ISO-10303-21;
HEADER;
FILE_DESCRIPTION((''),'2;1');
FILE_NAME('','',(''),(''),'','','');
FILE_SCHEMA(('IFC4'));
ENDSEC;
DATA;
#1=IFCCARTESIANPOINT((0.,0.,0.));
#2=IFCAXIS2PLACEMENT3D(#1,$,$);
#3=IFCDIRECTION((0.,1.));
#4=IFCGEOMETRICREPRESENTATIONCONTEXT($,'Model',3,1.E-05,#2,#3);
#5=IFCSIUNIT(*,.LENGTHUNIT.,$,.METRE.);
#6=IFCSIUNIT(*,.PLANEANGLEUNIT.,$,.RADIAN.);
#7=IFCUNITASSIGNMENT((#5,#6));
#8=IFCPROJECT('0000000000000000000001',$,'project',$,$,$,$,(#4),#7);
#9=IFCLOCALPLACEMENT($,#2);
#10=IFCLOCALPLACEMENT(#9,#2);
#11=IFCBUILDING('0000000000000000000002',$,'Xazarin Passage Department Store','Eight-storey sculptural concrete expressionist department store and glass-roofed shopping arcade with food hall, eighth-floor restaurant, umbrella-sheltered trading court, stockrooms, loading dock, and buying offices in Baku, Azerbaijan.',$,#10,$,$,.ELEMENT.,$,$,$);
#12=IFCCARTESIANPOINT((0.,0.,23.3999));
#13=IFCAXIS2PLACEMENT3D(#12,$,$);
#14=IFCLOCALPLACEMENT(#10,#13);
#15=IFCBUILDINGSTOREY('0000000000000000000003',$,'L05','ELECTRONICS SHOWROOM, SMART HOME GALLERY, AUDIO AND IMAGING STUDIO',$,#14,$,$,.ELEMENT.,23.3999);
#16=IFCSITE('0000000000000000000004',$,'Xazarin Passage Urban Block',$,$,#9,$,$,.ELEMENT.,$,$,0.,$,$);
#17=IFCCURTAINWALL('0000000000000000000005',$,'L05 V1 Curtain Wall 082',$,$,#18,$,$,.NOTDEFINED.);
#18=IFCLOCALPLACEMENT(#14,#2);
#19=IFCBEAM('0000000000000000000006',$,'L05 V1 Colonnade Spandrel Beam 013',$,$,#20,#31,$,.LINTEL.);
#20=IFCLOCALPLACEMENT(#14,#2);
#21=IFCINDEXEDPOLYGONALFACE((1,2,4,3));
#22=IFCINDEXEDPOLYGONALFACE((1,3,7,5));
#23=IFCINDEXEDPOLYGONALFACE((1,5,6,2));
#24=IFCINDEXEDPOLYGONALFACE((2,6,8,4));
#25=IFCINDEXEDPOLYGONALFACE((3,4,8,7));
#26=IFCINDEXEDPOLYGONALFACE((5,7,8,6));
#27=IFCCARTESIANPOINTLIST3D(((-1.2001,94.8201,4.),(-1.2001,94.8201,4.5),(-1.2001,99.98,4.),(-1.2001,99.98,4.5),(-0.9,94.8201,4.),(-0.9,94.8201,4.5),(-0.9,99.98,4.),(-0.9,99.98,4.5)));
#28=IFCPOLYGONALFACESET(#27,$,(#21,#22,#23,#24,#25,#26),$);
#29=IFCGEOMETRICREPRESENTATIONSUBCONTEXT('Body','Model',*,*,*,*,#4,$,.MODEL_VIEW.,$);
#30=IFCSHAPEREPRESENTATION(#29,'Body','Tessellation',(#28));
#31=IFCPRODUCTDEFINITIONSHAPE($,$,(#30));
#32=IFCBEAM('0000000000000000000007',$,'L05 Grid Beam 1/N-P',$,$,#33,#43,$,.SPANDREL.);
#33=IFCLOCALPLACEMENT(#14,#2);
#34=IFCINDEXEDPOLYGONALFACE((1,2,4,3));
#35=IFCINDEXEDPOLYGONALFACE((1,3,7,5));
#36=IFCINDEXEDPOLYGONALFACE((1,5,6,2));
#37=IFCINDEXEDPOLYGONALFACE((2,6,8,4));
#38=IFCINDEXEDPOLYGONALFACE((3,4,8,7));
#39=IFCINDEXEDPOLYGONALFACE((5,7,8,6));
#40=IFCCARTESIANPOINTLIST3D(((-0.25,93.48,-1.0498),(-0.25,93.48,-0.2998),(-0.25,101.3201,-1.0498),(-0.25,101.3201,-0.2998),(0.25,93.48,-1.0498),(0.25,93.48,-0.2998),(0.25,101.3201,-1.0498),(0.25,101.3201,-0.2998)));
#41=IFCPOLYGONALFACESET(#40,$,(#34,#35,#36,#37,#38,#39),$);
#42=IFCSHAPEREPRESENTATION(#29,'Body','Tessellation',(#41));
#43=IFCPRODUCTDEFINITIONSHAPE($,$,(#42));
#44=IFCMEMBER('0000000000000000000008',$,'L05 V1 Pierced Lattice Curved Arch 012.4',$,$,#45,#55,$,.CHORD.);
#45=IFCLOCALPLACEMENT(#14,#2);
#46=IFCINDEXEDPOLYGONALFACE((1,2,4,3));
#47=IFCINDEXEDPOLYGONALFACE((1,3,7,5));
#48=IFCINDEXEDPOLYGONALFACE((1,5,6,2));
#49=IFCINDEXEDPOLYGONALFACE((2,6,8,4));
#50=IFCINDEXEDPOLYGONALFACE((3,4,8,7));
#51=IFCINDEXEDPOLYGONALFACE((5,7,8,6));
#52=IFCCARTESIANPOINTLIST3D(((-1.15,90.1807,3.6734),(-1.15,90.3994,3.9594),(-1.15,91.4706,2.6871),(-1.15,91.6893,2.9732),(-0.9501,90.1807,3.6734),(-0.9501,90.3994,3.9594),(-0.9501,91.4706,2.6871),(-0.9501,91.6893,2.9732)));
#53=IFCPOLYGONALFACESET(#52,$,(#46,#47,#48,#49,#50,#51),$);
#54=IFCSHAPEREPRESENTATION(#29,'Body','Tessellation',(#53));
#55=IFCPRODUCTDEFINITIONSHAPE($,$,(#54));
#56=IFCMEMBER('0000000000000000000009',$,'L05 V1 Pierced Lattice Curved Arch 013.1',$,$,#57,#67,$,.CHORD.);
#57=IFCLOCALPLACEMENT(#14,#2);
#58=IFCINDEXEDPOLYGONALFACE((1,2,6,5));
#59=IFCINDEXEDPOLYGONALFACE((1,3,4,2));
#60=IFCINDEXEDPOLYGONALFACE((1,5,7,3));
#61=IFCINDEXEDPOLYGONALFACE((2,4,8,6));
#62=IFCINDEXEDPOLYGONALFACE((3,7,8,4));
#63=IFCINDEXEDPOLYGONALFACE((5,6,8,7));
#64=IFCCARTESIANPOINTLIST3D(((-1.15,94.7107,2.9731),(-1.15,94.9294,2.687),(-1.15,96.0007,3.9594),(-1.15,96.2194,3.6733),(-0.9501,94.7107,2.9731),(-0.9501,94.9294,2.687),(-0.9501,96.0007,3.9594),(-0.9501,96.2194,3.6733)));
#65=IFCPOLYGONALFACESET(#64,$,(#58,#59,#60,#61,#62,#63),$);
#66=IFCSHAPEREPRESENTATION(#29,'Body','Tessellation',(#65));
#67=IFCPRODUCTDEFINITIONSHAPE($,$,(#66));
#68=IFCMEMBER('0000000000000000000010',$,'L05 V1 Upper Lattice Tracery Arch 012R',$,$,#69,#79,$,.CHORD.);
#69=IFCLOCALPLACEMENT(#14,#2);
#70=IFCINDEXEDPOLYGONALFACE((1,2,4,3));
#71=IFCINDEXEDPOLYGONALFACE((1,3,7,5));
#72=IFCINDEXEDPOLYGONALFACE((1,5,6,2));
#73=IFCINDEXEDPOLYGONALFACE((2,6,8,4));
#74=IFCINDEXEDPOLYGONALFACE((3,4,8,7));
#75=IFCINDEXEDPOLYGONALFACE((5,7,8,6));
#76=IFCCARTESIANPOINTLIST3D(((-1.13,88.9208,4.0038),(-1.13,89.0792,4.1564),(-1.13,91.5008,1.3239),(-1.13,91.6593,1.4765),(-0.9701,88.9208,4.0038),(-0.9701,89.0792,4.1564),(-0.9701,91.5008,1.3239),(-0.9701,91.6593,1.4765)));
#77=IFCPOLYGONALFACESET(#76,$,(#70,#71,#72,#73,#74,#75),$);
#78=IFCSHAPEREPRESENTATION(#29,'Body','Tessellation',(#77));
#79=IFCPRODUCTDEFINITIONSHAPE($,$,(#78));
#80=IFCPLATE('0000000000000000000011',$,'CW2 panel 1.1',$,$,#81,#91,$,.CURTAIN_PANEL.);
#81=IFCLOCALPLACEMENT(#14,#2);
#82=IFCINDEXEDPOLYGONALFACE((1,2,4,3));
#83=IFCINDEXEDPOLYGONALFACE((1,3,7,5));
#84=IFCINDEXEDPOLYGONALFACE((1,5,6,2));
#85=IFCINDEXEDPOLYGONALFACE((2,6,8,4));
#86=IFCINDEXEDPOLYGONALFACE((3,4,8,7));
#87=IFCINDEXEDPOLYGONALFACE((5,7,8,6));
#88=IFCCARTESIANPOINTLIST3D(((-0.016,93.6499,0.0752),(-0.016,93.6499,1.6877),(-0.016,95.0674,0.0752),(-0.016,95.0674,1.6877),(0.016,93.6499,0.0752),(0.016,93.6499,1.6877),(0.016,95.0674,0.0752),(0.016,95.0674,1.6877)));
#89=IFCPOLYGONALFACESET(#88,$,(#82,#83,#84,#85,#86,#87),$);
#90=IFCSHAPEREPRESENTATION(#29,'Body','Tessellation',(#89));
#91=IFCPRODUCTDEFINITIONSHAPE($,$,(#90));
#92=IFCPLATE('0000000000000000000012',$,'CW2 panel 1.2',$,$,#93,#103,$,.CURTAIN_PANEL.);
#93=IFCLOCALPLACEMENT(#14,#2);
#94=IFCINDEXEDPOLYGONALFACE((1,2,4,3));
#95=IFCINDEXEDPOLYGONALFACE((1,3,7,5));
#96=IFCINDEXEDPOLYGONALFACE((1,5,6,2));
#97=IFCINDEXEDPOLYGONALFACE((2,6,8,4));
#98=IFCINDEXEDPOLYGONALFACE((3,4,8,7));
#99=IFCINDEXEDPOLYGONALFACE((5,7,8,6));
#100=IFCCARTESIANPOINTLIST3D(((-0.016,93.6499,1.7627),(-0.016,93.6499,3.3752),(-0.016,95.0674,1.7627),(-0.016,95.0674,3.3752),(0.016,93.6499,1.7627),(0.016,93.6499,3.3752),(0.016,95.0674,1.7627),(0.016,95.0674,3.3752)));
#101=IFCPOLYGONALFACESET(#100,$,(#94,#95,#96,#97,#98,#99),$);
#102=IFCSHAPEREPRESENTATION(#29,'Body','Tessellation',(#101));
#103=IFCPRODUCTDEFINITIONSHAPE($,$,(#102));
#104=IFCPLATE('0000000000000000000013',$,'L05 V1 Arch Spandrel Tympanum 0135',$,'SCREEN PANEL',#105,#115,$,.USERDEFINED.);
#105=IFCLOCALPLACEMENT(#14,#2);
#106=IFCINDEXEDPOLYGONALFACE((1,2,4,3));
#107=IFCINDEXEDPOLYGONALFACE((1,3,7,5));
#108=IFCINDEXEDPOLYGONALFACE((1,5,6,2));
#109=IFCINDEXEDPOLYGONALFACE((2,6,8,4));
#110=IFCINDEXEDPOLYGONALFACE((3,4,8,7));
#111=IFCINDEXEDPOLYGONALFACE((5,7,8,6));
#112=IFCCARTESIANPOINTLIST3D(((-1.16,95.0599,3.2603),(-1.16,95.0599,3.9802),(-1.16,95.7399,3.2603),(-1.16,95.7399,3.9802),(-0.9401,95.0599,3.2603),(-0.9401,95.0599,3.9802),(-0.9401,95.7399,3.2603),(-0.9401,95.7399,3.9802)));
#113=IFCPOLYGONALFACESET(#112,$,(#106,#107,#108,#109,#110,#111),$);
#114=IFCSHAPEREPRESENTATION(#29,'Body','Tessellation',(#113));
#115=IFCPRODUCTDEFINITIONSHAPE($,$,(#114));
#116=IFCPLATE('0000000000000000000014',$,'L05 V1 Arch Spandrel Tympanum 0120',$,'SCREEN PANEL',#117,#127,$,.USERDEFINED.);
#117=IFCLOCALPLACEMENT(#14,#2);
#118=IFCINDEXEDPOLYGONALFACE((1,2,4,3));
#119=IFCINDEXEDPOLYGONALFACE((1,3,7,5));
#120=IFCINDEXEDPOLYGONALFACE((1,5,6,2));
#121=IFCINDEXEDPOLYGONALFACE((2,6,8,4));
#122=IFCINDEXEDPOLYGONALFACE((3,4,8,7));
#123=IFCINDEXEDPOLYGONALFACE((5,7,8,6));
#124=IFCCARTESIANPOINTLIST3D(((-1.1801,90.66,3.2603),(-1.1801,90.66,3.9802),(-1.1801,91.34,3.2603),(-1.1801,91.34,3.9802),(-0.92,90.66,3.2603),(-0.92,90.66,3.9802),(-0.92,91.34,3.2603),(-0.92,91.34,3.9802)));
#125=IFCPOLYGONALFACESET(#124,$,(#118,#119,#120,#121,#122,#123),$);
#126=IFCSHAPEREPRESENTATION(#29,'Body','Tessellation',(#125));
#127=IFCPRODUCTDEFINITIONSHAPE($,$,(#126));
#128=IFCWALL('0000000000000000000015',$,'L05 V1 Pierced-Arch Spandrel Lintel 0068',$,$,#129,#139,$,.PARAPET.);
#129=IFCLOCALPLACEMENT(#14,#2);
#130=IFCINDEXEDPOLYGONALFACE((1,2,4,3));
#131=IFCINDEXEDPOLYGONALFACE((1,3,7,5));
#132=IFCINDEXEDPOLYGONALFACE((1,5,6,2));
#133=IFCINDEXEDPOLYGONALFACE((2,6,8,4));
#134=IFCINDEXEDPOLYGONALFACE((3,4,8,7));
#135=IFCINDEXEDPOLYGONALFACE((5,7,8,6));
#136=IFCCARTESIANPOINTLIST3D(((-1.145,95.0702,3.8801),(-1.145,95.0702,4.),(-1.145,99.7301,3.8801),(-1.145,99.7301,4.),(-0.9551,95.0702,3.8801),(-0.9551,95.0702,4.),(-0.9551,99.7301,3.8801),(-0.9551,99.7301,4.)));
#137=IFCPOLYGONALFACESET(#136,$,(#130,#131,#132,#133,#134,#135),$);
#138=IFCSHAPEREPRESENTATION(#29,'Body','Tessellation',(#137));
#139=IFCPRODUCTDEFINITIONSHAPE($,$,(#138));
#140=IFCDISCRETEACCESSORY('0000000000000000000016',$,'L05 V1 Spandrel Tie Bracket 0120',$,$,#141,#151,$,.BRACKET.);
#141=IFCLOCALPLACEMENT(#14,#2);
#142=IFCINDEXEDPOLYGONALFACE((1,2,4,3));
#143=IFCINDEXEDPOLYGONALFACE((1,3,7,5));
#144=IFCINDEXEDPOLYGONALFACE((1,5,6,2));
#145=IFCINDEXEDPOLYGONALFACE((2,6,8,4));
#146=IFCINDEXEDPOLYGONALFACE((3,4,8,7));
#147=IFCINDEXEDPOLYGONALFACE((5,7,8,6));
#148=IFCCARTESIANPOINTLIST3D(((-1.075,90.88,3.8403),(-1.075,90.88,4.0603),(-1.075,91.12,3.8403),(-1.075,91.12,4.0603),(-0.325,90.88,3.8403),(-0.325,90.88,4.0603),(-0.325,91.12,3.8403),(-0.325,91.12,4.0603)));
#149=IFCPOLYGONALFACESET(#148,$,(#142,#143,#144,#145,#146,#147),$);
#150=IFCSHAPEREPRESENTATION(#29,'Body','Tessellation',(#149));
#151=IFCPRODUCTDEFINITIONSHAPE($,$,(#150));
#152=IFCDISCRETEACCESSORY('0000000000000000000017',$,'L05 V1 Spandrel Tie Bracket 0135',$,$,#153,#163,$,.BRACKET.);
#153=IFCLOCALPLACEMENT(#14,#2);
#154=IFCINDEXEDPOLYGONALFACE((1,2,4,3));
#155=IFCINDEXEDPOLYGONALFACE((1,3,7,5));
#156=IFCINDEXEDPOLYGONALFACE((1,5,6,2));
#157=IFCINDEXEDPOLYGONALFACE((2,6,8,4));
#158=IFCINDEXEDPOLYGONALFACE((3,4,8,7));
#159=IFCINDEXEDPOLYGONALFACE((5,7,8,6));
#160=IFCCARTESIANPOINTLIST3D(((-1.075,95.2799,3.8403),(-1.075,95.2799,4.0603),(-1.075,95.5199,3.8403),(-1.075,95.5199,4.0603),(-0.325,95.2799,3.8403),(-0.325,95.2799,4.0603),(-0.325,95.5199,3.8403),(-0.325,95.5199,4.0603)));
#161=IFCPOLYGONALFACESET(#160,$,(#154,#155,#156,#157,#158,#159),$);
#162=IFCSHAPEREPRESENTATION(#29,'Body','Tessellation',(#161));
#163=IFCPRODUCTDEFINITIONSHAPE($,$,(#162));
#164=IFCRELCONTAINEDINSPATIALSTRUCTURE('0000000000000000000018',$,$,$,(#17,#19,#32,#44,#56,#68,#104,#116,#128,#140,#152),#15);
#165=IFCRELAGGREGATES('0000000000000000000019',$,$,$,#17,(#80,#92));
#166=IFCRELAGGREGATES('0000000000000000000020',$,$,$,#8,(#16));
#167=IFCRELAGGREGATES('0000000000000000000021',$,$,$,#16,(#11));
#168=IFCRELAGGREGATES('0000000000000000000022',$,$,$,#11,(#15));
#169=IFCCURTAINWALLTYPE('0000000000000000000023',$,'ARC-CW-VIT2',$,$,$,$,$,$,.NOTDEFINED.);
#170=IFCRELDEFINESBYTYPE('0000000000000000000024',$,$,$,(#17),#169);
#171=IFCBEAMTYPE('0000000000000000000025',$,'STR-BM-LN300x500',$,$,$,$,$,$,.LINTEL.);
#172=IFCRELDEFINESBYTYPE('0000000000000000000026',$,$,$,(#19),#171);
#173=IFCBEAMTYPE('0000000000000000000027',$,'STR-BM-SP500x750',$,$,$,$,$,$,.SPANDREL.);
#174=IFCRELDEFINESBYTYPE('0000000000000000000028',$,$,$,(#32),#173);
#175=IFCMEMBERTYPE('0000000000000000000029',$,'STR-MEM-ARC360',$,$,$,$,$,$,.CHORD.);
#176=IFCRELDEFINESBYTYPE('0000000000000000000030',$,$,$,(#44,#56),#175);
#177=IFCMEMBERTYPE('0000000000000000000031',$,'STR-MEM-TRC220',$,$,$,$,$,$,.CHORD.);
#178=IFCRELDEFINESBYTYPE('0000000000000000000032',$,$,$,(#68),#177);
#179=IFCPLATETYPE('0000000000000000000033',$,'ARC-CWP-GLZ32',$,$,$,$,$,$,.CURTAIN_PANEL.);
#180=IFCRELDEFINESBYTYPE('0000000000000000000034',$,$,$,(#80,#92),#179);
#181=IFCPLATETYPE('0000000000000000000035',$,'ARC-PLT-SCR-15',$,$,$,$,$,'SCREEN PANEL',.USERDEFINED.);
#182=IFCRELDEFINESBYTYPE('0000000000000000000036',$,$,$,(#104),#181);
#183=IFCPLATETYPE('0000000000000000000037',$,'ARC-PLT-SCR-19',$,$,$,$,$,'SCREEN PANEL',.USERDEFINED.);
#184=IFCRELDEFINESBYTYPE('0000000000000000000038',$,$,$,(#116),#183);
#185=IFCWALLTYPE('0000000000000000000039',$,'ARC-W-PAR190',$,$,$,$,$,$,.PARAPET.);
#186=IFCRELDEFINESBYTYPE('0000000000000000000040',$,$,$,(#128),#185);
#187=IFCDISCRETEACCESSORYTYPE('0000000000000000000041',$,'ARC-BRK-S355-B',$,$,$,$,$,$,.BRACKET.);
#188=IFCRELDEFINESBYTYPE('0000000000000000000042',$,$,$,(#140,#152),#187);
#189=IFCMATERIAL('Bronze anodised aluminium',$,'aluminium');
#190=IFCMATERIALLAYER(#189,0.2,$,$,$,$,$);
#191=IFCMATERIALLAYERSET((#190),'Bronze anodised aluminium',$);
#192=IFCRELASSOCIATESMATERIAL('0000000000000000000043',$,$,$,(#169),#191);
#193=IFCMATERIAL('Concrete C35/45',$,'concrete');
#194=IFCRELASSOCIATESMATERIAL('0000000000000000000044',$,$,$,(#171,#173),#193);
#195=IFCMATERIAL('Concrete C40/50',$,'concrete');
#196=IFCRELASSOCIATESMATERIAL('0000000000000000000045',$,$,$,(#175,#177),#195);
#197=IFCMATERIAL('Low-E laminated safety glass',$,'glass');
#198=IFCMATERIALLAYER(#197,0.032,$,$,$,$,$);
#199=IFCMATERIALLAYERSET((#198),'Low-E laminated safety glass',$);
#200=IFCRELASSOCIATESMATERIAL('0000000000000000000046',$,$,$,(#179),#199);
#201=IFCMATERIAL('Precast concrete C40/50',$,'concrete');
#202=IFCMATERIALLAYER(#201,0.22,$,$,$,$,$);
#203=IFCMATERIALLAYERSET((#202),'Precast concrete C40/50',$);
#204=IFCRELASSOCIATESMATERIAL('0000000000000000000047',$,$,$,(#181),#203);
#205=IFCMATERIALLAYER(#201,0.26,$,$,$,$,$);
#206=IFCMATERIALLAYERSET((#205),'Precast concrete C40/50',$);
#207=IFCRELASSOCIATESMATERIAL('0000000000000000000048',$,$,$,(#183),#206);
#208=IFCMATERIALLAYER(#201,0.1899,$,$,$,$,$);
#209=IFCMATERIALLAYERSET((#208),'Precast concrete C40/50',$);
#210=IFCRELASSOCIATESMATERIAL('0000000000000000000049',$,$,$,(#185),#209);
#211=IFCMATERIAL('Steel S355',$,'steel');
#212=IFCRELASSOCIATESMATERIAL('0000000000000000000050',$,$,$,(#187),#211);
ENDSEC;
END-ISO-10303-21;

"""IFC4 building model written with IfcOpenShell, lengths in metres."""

from ifc_helpers import new_model, si_unit, direction, frame, frame_2d, origin, origin_2d, place, context, subcontext, project, spatial, rectangle, extrude, material, layer, layer_set, material_profile, profile_set, type_object, element, aggregate, save


model = new_model("IFC4")

# Units and contexts
model_context = context("Model", 3, precision=1e-05, world=origin(), true_north=direction((0.0, 1.0)))
body_context = subcontext(model_context, "Body", "Model", "MODEL_VIEW")
ifc_project = project(units=[si_unit("LENGTHUNIT", "METRE"), si_unit("PLANEANGLEUNIT", "RADIAN")], contexts=[model_context])

# Site, building, storey
site_placement = place(None, origin())
site = spatial("IfcSite", under=ifc_project, at=site_placement, Name="Xazarin Passage Urban Block", CompositionType="ELEMENT", RefElevation=0.0)
building_placement = place(site_placement, origin())
building = spatial("IfcBuilding", under=site, at=building_placement, Name="Xazarin Passage Department Store", Description="Eight-storey sculptural concrete expressionist department store and glass-roofed shopping arcade with food hall, eighth-floor restaurant, umbrella-sheltered trading court, stockrooms, loading dock, and buying offices in Baku, Azerbaijan.", CompositionType="ELEMENT")
storey_placement = place(building_placement, frame((0.0, 0.0, 23.3999)))
storey = spatial("IfcBuildingStorey", under=building, at=storey_placement, Name="L05", Description="ELECTRONICS SHOWROOM, SMART HOME GALLERY, AUDIO AND IMAGING STUDIO", CompositionType="ELEMENT", Elevation=23.3999)

# Shared definitions
ifc_material_1 = material(Name="Concrete C40/50", Category="concrete")

# Curtain wall
ifc_material_2 = material(Name="Bronze anodised aluminium", Category="aluminium")
ifc_layer_1 = layer(ifc_material_2, 0.2)
ifc_layer_set_1 = layer_set([ifc_layer_1], Name="Bronze anodised aluminium")
curtain_wall_type = type_object("IfcCurtainWallType", Name="ARC-CW-VIT2", PredefinedType="NOTDEFINED", material=ifc_layer_set_1)
curtain_wall_placement = place(storey_placement, origin())
curtain_wall = element("IfcCurtainWall", 1, at=curtain_wall_placement, inside=storey, type_object=curtain_wall_type, Name="L05 V1 Curtain Wall 082", PredefinedType="NOTDEFINED")

# Beams
ifc_material_3 = material(Name="Concrete C35/45", Category="concrete")
ifc_material_profile_1 = material_profile(ifc_material_3, rectangle(XDim=0.3, YDim=0.5, at=origin_2d()), Name="RC 300x500")
ifc_profile_set_1 = profile_set([ifc_material_profile_1], Name="Concrete C35/45")
beam_type_1 = type_object("IfcBeamType", Name="STR-BM-LN300x500", PredefinedType="LINTEL", material=ifc_profile_set_1)
beam_1_placement = place(storey_placement, frame((-1.05, 94.8201, 4.25), z_axis=(0.0, 1.0, 0.0), x_axis=(-1.0, 0.0, 0.0)))
element("IfcBeam", 2, at=beam_1_placement, inside=storey, type_object=beam_type_1, Name="L05 V1 Colonnade Spandrel Beam 013", PredefinedType="LINTEL", context=body_context, shape_type="SweptSolid", body=[
    extrude(rectangle(XDim=0.3, YDim=0.5, at=origin_2d()), origin(), (0.0, 0.0, 1.0), 5.1599),
])
ifc_material_profile_2 = material_profile(ifc_material_3, rectangle(XDim=0.5, YDim=0.75, at=origin_2d()), Name="RC 500x750")
ifc_profile_set_2 = profile_set([ifc_material_profile_2], Name="Concrete C35/45")
beam_type_2 = type_object("IfcBeamType", Name="STR-BM-SP500x750", PredefinedType="SPANDREL", material=ifc_profile_set_2)
beam_2_placement = place(storey_placement, frame((0.0, 93.48, -0.6748), z_axis=(0.0, 1.0, 0.0), x_axis=(-1.0, 0.0, 0.0)))
element("IfcBeam", 3, at=beam_2_placement, inside=storey, type_object=beam_type_2, Name="L05 Grid Beam 1/N-P", PredefinedType="SPANDREL", context=body_context, shape_type="SweptSolid", body=[
    extrude(rectangle(XDim=0.5, YDim=0.75, at=origin_2d()), origin(), (0.0, 0.0, 1.0), 7.8401),
])

# Members
ifc_material_profile_3 = material_profile(ifc_material_1, rectangle(XDim=0.2, YDim=0.3601, at=origin_2d()), Name="RC 200x360")
ifc_profile_set_3 = profile_set([ifc_material_profile_3], Name="Concrete C40/50")
member_type_1 = type_object("IfcMemberType", Name="STR-MEM-ARC360", PredefinedType="CHORD", material=ifc_profile_set_3)
for number, where, z_axis, x_axis, name in (
    (4, (-1.05, 90.29, 3.8164), (0.0, 0.794409, -0.607383), (-1.0, 0.0, 0.0), "L05 V1 Pierced Lattice Curved Arch 012.4"),
    (5, (-1.05, 94.8201, 2.8301), (0.0, 0.794409, 0.607383), (-1.0, 0.0, 0.0), "L05 V1 Pierced Lattice Curved Arch 013.1"),
):
    element("IfcMember", number, at=place(storey_placement, frame(where, z_axis=z_axis, x_axis=x_axis)), inside=storey, type_object=member_type_1, Name=name, PredefinedType="CHORD", context=body_context, shape_type="SweptSolid", body=[
        extrude(rectangle(XDim=0.2, YDim=0.3601, at=origin_2d()), origin(), (0.0, 0.0, 1.0), 1.6238),
    ])
ifc_material_profile_4 = material_profile(ifc_material_1, rectangle(XDim=0.1599, YDim=0.22, at=origin_2d()), Name="RC 160x220")
ifc_profile_set_4 = profile_set([ifc_material_profile_4], Name="Concrete C40/50")
member_type_2 = type_object("IfcMemberType", Name="STR-MEM-TRC220", PredefinedType="CHORD", material=ifc_profile_set_4)
member_1_placement = place(storey_placement, frame((-1.05, 89.0, 4.0801), z_axis=(0.0, 0.693558, -0.7204), x_axis=(-1.0, 0.0, 0.0)))
element("IfcMember", 6, at=member_1_placement, inside=storey, type_object=member_type_2, Name="L05 V1 Upper Lattice Tracery Arch 012R", PredefinedType="CHORD", context=body_context, shape_type="SweptSolid", body=[
    extrude(rectangle(XDim=0.1599, YDim=0.22, at=origin_2d()), origin(), (0.0, 0.0, 1.0), 3.72),
])

# Plates
ifc_material_4 = material(Name="Low-E laminated safety glass", Category="glass")
ifc_layer_2 = layer(ifc_material_4, 0.032)
ifc_layer_set_2 = layer_set([ifc_layer_2], Name="Low-E laminated safety glass")
plate_type_1 = type_object("IfcPlateType", Name="ARC-CWP-GLZ32", PredefinedType="CURTAIN_PANEL", material=ifc_layer_set_2)
plate_1_placement = place(storey_placement, frame((0.0, 94.3586, 0.0752), z_axis=(0.0, 0.0, 1.0), x_axis=(0.0, 1.0, 0.0)))
plate_1 = element("IfcPlate", 7, at=plate_1_placement, type_object=plate_type_1, Name="CW2 panel 1.1", PredefinedType="CURTAIN_PANEL", context=body_context, shape_type="SweptSolid", body=[
    extrude(rectangle(XDim=1.4175, YDim=0.032, at=origin_2d()), origin(), (0.0, 0.0, 1.0), 1.6125),
])
plate_2_placement = place(storey_placement, frame((0.0, 94.3586, 1.7627), z_axis=(0.0, 0.0, 1.0), x_axis=(0.0, 1.0, 0.0)))
plate_2 = element("IfcPlate", 8, at=plate_2_placement, type_object=plate_type_1, Name="CW2 panel 1.2", PredefinedType="CURTAIN_PANEL", context=body_context, shape_type="SweptSolid", body=[
    extrude(rectangle(XDim=1.4175, YDim=0.032, at=origin_2d()), origin(), (0.0, 0.0, 1.0), 1.6125),
])
aggregate(curtain_wall, [plate_1, plate_2])

# Plates
ifc_material_5 = material(Name="Precast concrete C40/50", Category="concrete")
ifc_layer_3 = layer(ifc_material_5, 0.22)
ifc_layer_set_3 = layer_set([ifc_layer_3], Name="Precast concrete C40/50")
plate_type_2 = type_object("IfcPlateType", Name="ARC-PLT-SCR-15", ElementType="SCREEN PANEL", PredefinedType="USERDEFINED", material=ifc_layer_set_3)
plate_3_placement = place(storey_placement, frame((-1.05, 95.3999, 3.2603), z_axis=(0.0, 0.0, 1.0), x_axis=(0.0, 1.0, 0.0)))
element("IfcPlate", 9, at=plate_3_placement, inside=storey, type_object=plate_type_2, Name="L05 V1 Arch Spandrel Tympanum 0135", ObjectType="SCREEN PANEL", PredefinedType="USERDEFINED", context=body_context, shape_type="SweptSolid", body=[
    extrude(rectangle(XDim=0.6799, YDim=0.22, at=origin_2d()), origin(), (0.0, 0.0, 1.0), 0.72),
])
ifc_layer_4 = layer(ifc_material_5, 0.26)
ifc_layer_set_4 = layer_set([ifc_layer_4], Name="Precast concrete C40/50")
plate_type_3 = type_object("IfcPlateType", Name="ARC-PLT-SCR-19", ElementType="SCREEN PANEL", PredefinedType="USERDEFINED", material=ifc_layer_set_4)
plate_4_placement = place(storey_placement, frame((-1.05, 91.0, 3.2603), z_axis=(0.0, 0.0, 1.0), x_axis=(0.0, 1.0, 0.0)))
element("IfcPlate", 10, at=plate_4_placement, inside=storey, type_object=plate_type_3, Name="L05 V1 Arch Spandrel Tympanum 0120", ObjectType="SCREEN PANEL", PredefinedType="USERDEFINED", context=body_context, shape_type="SweptSolid", body=[
    extrude(rectangle(XDim=0.6799, YDim=0.26, at=origin_2d()), origin(), (0.0, 0.0, 1.0), 0.72),
])

# Wall
ifc_layer_5 = layer(ifc_material_5, 0.1899)
ifc_layer_set_5 = layer_set([ifc_layer_5], Name="Precast concrete C40/50")
wall_type = type_object("IfcWallType", Name="ARC-W-PAR190", PredefinedType="PARAPET", material=ifc_layer_set_5)
wall_placement = place(storey_placement, frame((-1.05, 95.0701, 3.8801), z_axis=(0.0, 0.0, 1.0), x_axis=(0.0, 1.0, 0.0)))
element("IfcWall", 11, at=wall_placement, inside=storey, type_object=wall_type, Name="L05 V1 Pierced-Arch Spandrel Lintel 0068", PredefinedType="PARAPET", context=body_context, shape_type="SweptSolid", body=[
    extrude(rectangle(XDim=4.6599, YDim=0.1899, at=frame_2d((2.3301, 0.0))), origin(), (0.0, 0.0, 1.0), 0.1199),
])

# Discrete accessories
ifc_material_6 = material(Name="Steel S355", Category="steel")
discrete_accessory_type = type_object("IfcDiscreteAccessoryType", Name="ARC-BRK-S355-B", PredefinedType="BRACKET", material=ifc_material_6)
for number, where, z_axis, x_axis, name in (
    (12, (-0.7, 91.0, 3.8403), (0.0, 0.0, 1.0), (0.0, 1.0, 0.0), "L05 V1 Spandrel Tie Bracket 0120"),
    (13, (-0.7, 95.3999, 3.8403), (0.0, 0.0, 1.0), (0.0, 1.0, 0.0), "L05 V1 Spandrel Tie Bracket 0135"),
):
    element("IfcDiscreteAccessory", number, at=place(storey_placement, frame(where, z_axis=z_axis, x_axis=x_axis)), inside=storey, type_object=discrete_accessory_type, Name=name, PredefinedType="BRACKET", context=body_context, shape_type="SweptSolid", body=[
        extrude(rectangle(XDim=0.24, YDim=0.75, at=origin_2d()), origin(), (0.0, 0.0, 1.0), 0.22),
    ])

save(model, "model.ifc")
